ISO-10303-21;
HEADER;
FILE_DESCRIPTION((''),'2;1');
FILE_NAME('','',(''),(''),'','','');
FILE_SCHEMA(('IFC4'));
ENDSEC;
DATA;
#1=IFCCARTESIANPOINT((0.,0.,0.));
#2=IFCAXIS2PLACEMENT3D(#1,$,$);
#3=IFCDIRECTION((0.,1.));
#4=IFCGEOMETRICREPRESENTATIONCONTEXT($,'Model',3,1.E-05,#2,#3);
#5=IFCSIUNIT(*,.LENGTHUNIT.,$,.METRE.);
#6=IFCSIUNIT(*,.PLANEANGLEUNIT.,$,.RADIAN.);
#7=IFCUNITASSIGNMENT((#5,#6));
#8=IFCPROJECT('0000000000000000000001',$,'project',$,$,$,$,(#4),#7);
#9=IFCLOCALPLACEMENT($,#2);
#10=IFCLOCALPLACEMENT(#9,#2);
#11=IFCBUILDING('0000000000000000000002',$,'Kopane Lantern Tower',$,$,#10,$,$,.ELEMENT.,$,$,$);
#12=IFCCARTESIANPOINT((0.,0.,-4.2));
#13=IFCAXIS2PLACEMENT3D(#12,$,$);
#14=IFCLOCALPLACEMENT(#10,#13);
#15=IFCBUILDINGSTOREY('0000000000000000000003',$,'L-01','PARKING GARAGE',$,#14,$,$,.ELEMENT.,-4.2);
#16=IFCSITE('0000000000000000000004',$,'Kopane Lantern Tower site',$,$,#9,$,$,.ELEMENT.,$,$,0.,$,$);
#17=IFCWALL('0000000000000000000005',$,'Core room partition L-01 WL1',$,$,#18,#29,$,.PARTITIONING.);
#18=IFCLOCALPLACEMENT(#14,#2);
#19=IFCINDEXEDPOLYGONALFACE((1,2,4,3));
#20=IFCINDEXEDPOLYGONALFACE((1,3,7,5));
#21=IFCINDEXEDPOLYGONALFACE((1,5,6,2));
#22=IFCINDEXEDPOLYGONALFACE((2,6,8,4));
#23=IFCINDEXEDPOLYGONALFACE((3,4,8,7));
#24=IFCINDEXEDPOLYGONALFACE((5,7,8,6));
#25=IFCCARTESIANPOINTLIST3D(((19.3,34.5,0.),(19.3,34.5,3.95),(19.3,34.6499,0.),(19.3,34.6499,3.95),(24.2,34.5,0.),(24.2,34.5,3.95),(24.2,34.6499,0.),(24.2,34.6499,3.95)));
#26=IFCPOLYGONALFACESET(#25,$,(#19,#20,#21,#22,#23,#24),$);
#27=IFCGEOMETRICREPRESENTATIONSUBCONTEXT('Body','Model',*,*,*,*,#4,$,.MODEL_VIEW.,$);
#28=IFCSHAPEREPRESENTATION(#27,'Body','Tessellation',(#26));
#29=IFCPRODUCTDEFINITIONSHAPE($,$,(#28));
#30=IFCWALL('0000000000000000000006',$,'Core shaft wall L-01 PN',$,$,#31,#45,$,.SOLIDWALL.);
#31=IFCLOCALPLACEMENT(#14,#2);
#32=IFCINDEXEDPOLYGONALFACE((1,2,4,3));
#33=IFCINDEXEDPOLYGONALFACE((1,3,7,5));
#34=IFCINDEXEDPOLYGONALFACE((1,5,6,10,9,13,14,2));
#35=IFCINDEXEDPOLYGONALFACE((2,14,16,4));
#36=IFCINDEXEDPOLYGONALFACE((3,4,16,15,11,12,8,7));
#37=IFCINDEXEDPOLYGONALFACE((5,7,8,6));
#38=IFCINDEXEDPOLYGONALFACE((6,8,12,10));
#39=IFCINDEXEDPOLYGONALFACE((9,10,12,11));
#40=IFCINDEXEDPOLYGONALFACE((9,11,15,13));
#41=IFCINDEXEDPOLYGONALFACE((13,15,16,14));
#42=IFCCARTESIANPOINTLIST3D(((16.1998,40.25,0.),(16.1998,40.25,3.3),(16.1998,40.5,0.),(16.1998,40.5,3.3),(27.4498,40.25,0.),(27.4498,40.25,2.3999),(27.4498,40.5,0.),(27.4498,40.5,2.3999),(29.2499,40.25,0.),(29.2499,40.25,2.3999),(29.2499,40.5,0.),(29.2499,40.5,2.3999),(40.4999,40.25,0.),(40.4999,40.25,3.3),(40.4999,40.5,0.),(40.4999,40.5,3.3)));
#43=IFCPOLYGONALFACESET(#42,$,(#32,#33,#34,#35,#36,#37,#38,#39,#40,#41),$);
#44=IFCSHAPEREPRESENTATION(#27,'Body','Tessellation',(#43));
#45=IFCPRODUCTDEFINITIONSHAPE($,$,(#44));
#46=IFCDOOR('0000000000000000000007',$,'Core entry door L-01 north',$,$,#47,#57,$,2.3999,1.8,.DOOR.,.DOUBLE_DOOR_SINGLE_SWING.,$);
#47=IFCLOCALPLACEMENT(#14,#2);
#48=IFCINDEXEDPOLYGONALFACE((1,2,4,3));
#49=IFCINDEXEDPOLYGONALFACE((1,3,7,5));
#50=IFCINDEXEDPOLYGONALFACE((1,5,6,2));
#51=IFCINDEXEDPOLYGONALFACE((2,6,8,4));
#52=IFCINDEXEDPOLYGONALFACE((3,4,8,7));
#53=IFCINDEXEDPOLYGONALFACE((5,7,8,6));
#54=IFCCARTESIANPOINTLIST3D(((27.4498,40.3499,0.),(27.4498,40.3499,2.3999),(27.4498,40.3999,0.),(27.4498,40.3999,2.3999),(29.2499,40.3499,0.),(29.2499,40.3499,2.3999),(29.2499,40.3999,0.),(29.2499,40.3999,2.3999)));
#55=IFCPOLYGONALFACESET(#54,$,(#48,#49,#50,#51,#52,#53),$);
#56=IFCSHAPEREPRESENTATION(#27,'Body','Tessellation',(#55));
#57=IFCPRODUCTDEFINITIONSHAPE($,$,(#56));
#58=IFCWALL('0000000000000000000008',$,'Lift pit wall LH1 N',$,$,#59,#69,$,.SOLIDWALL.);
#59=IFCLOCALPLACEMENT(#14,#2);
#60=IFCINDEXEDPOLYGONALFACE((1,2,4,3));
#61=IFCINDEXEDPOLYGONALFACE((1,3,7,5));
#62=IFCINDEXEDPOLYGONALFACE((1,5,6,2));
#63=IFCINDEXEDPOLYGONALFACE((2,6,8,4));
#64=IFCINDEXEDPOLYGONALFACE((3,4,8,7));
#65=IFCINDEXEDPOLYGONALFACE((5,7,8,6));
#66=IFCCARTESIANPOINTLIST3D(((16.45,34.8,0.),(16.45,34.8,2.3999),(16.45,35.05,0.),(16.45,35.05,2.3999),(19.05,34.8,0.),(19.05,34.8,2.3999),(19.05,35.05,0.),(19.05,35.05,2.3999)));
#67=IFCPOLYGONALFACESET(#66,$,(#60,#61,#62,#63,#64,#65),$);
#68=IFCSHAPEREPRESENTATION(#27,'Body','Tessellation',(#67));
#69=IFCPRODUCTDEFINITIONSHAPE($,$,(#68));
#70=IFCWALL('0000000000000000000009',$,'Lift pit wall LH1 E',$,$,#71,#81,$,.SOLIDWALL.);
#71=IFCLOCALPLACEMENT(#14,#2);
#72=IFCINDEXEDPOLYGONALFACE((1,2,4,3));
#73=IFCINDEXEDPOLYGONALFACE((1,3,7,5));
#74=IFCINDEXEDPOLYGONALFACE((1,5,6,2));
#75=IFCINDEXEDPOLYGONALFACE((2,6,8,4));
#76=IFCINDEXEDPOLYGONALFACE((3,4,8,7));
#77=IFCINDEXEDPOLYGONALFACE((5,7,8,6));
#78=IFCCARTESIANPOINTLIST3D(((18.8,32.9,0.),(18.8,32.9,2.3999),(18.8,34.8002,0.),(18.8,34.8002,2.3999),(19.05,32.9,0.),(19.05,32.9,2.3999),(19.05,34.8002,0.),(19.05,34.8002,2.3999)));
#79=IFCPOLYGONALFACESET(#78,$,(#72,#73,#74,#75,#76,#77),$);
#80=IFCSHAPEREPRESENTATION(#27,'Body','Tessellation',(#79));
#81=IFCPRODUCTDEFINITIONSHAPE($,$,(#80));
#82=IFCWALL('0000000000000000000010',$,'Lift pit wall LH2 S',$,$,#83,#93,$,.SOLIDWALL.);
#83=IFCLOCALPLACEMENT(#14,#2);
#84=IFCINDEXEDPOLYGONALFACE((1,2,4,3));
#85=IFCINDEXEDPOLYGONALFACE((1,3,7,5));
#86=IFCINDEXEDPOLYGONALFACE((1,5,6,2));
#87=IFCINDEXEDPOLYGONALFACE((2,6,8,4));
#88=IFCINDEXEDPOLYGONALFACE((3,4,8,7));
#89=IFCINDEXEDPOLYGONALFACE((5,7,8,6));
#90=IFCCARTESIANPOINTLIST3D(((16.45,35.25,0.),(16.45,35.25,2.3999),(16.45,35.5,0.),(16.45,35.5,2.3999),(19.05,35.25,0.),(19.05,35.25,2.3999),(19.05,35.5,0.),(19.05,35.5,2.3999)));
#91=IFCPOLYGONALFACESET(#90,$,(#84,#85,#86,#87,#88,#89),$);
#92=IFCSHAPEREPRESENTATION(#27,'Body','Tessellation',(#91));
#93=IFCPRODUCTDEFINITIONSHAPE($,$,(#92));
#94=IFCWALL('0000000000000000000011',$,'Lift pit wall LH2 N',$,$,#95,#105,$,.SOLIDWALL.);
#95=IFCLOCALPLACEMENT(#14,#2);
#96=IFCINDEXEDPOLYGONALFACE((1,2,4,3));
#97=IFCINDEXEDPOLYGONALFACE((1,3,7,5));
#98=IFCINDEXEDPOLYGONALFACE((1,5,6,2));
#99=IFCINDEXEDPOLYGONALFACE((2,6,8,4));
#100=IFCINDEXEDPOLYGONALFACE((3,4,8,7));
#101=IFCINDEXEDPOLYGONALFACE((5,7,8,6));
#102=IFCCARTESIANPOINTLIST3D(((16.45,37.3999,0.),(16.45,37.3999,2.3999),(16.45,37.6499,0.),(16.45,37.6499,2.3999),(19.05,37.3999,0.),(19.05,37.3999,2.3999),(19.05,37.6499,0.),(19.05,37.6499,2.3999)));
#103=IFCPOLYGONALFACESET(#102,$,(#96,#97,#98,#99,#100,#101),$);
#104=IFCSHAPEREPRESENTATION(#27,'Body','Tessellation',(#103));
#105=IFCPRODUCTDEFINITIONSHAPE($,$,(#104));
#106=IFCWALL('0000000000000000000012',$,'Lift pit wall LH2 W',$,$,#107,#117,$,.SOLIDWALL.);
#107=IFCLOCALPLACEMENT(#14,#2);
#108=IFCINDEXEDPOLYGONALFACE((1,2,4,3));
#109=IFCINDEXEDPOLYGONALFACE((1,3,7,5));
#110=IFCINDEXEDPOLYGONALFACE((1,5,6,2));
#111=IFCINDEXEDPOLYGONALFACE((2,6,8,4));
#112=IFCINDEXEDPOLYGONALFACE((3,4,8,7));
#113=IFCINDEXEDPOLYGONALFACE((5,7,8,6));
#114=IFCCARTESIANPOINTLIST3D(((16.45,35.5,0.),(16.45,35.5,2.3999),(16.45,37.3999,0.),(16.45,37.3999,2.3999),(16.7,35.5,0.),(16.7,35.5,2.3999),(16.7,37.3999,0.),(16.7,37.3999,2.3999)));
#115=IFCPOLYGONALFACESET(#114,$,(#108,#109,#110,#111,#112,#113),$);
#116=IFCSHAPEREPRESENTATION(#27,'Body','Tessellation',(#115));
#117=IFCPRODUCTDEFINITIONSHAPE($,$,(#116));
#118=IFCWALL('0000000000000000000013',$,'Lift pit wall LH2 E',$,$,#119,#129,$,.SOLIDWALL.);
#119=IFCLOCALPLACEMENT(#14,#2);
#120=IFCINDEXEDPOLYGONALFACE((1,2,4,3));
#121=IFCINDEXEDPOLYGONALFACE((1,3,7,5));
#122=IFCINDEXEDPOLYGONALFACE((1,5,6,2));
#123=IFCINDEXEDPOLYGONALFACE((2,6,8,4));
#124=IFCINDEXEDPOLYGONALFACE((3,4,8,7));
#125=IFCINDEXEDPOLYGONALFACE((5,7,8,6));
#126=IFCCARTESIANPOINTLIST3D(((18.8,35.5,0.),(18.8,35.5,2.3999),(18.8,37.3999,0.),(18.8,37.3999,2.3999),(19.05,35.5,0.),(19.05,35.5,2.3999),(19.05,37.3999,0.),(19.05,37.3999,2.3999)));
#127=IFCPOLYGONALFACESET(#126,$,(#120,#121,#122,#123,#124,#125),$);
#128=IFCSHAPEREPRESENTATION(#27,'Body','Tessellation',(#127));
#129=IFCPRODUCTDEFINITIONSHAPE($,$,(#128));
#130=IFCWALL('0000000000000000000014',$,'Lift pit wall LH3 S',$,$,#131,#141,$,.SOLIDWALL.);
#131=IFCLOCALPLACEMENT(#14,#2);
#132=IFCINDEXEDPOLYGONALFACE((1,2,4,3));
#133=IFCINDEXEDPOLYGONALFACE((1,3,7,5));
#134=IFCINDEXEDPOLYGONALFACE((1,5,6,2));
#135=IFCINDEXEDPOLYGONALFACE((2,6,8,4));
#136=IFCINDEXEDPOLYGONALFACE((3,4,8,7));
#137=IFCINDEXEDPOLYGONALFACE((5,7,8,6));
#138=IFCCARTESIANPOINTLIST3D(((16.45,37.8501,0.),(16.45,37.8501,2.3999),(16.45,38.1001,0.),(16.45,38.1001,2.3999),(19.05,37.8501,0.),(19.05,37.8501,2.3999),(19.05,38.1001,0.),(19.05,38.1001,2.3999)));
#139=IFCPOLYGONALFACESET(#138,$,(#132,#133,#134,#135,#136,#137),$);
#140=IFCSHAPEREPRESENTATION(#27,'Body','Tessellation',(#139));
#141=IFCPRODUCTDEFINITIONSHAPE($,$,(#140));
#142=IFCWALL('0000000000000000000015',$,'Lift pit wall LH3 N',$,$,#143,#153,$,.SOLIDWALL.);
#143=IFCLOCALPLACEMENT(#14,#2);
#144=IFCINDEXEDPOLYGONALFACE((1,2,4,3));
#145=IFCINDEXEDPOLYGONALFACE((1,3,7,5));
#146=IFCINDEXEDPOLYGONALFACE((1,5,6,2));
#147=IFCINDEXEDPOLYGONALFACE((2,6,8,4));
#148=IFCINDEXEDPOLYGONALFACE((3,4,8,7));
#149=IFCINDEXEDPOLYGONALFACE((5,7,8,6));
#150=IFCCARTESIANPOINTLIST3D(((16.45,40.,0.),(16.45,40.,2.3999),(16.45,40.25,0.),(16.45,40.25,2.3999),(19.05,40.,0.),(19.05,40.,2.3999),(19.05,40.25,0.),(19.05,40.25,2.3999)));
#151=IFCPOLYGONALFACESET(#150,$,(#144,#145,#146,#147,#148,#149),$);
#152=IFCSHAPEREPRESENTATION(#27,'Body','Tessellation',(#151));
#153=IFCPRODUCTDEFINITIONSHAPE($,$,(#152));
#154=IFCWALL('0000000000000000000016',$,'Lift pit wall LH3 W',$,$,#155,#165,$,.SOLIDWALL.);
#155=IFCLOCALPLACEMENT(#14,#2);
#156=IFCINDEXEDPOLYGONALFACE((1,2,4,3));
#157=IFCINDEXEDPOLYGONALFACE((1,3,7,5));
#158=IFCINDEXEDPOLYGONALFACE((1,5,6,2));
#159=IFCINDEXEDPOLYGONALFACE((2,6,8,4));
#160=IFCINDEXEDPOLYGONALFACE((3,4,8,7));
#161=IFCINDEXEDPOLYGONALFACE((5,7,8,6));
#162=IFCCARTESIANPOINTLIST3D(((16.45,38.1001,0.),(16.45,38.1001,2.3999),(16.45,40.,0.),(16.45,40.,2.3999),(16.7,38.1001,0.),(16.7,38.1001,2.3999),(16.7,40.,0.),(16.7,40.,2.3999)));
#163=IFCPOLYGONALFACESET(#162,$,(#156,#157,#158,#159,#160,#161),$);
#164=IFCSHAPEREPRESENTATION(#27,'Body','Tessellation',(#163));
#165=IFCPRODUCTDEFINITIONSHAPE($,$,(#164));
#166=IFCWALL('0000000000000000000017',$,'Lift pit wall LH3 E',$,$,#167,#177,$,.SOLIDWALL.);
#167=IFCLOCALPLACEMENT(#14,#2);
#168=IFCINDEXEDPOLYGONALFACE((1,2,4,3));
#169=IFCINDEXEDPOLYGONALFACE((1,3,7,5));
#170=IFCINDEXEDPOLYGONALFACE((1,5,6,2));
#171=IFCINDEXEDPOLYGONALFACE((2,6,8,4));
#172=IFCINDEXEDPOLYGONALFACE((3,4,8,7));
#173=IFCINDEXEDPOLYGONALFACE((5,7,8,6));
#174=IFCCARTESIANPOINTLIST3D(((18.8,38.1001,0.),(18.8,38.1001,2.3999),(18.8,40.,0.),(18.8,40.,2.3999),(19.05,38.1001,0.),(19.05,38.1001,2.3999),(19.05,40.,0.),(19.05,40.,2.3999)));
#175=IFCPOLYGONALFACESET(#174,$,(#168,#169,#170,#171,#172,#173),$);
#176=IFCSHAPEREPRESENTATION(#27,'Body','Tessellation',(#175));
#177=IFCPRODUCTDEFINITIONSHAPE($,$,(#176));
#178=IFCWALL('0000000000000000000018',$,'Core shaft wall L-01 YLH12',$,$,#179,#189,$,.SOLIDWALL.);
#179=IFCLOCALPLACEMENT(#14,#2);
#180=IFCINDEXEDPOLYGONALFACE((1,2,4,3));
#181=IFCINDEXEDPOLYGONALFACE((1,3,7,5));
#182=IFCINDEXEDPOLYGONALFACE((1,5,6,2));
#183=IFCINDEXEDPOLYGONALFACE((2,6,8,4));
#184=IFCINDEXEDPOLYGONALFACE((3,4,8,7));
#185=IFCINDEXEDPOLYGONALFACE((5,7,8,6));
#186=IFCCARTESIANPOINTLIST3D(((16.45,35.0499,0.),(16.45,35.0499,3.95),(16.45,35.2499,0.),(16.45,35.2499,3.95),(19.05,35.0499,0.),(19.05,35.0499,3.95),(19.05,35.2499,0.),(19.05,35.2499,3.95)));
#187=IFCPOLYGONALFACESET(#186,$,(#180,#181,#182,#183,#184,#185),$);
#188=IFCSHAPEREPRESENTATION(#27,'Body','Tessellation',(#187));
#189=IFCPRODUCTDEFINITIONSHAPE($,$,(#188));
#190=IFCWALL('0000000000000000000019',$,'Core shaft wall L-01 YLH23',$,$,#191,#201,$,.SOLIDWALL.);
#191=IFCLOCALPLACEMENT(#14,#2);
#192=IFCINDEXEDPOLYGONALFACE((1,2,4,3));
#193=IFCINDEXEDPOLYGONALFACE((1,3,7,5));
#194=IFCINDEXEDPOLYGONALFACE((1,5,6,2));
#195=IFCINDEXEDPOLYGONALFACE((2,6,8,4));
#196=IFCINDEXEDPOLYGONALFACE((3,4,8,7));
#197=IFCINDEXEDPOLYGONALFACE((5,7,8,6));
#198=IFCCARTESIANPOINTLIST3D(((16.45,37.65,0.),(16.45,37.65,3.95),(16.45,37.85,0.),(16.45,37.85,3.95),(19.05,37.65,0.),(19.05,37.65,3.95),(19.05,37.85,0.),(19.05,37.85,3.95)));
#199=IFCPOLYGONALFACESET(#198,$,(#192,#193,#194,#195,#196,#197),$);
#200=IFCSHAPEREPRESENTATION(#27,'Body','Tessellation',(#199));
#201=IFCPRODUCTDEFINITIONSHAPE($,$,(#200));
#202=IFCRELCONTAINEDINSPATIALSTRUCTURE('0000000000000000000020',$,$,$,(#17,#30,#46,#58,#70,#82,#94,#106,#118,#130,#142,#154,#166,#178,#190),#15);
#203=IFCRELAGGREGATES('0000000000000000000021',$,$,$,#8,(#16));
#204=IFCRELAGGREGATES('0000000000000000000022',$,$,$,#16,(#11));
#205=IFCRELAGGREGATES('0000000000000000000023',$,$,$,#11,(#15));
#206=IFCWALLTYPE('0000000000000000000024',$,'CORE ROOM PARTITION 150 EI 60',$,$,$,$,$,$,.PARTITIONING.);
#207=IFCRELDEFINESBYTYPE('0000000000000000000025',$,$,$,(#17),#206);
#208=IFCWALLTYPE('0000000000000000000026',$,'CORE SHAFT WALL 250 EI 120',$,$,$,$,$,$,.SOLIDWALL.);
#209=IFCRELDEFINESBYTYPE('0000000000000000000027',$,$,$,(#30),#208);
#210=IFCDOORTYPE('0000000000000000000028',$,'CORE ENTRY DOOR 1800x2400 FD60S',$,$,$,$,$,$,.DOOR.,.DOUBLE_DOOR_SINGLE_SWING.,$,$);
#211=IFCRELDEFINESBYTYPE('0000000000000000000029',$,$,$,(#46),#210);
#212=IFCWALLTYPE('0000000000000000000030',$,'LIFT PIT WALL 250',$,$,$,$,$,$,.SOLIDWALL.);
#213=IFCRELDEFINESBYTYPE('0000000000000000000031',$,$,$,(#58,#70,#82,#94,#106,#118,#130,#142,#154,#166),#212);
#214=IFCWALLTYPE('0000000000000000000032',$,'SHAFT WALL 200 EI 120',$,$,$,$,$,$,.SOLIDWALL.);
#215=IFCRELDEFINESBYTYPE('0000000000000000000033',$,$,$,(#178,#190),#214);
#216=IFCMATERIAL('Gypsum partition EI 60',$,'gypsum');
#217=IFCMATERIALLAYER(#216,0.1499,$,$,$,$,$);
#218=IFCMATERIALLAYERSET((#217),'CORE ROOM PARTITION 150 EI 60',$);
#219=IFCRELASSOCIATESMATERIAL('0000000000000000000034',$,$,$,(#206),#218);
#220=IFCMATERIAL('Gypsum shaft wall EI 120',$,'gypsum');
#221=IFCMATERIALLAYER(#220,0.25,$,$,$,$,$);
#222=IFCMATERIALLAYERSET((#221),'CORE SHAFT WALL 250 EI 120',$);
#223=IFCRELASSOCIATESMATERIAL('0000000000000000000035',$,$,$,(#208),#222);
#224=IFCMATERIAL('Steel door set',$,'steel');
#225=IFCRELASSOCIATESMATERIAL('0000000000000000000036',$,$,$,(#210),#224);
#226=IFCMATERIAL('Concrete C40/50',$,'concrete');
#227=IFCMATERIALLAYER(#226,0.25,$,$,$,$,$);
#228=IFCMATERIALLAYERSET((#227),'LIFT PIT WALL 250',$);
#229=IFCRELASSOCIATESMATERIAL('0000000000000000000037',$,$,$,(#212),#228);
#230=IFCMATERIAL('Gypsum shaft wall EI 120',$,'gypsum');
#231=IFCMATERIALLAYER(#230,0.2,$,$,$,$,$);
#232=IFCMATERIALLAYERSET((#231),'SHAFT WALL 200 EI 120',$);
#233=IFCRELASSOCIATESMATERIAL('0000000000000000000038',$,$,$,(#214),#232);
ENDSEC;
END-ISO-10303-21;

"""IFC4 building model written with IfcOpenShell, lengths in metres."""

from ifc_helpers import new_model, si_unit, direction, frame, frame_2d, origin, place, context, subcontext, project, spatial, rectangle, extrude, material, layer, layer_set, type_object, element, fill, save


model = new_model("IFC4")

# Units and contexts
model_context = context("Model", 3, precision=1e-05, world=origin(), true_north=direction((0.0, 1.0)))
body_context = subcontext(model_context, "Body", "Model", "MODEL_VIEW")
ifc_project = project(units=[si_unit("LENGTHUNIT", "METRE"), si_unit("PLANEANGLEUNIT", "RADIAN")], contexts=[model_context])

# Site, building, storey
site_placement = place(None, origin())
site = spatial("IfcSite", under=ifc_project, at=site_placement, Name="Kopane Lantern Tower site", CompositionType="ELEMENT", RefElevation=0.0)
building_placement = place(site_placement, origin())
building = spatial("IfcBuilding", under=site, at=building_placement, Name="Kopane Lantern Tower", CompositionType="ELEMENT")
storey_placement = place(building_placement, frame((0.0, 0.0, -4.2)))
storey = spatial("IfcBuildingStorey", under=building, at=storey_placement, Name="L-01", Description="PARKING GARAGE", CompositionType="ELEMENT", Elevation=-4.2)

# Wall
ifc_material_1 = material(Name="Gypsum partition EI 60", Category="gypsum")
ifc_layer_1 = layer(ifc_material_1, 0.1499)
ifc_layer_set_1 = layer_set([ifc_layer_1], Name="CORE ROOM PARTITION 150 EI 60")
wall_type_1 = type_object("IfcWallType", Name="CORE ROOM PARTITION 150 EI 60", PredefinedType="PARTITIONING", material=ifc_layer_set_1)
wall_1_placement = place(storey_placement, frame((19.3, 34.575, 0.0), z_axis=(0.0, 0.0, 1.0), x_axis=(1.0, 0.0, 0.0)))
element("IfcWall", 1, at=wall_1_placement, inside=storey, type_object=wall_type_1, Name="Core room partition L-01 WL1", PredefinedType="PARTITIONING", context=body_context, shape_type="SweptSolid", body=[
    extrude(rectangle(XDim=4.8999, YDim=0.1499, at=frame_2d((2.45, 0.0))), origin(), (0.0, 0.0, 1.0), 3.95),
])

# Wall, opening, door
ifc_material_2 = material(Name="Gypsum shaft wall EI 120", Category="gypsum")
ifc_layer_2 = layer(ifc_material_2, 0.25)
ifc_layer_set_2 = layer_set([ifc_layer_2], Name="CORE SHAFT WALL 250 EI 120")
wall_type_2 = type_object("IfcWallType", Name="CORE SHAFT WALL 250 EI 120", PredefinedType="SOLIDWALL", material=ifc_layer_set_2)
wall_2_placement = place(storey_placement, frame((16.2, 40.375, 0.0), z_axis=(0.0, 0.0, 1.0), x_axis=(1.0, 0.0, 0.0)))
wall_2 = element("IfcWall", 2, at=wall_2_placement, inside=storey, type_object=wall_type_2, Name="Core shaft wall L-01 PN", PredefinedType="SOLIDWALL", context=body_context, shape_type="SweptSolid", body=[
    extrude(rectangle(XDim=24.3, YDim=0.25, at=frame_2d((12.1499, 0.0))), origin(), (0.0, 0.0, 1.0), 3.3),
])
opening_placement = place(wall_2_placement, frame((11.25, 0.0, 0.0)))
opening = element("IfcOpeningElement", 3, at=opening_placement, cuts=wall_2, PredefinedType="OPENING", context=body_context, shape_type="SweptSolid", body=[
    extrude(rectangle(XDim=1.8, YDim=2.3999, at=frame_2d((0.8999, 1.2))), frame((0.0, 0.135, 0.0), z_axis=(0.0, -1.0, 0.0), x_axis=(1.0, 0.0, 0.0)), (0.0, 0.0, 1.0), 0.27),
])
ifc_material_3 = material(Name="Steel door set", Category="steel")
door_type = type_object("IfcDoorType", Name="CORE ENTRY DOOR 1800x2400 FD60S", OperationType="DOUBLE_DOOR_SINGLE_SWING", PredefinedType="DOOR", material=ifc_material_3)
door_placement = place(opening_placement, origin())
door = element("IfcDoor", 4, at=door_placement, inside=storey, type_object=door_type, Name="Core entry door L-01 north", OperationType="DOUBLE_DOOR_SINGLE_SWING", OverallHeight=2.3999, OverallWidth=1.8, PredefinedType="DOOR", context=body_context, shape_type="SweptSolid", body=[
    extrude(rectangle(XDim=1.8, YDim=2.3999, at=frame_2d((0.8999, 1.2))), frame((0.0, 0.0249, 0.0), z_axis=(0.0, -1.0, 0.0), x_axis=(1.0, 0.0, 0.0)), (0.0, 0.0, 1.0), 0.05),
])
fill(opening, door)

# Walls
ifc_material_4 = material(Name="Concrete C40/50", Category="concrete")
ifc_layer_3 = layer(ifc_material_4, 0.25)
ifc_layer_set_3 = layer_set([ifc_layer_3], Name="LIFT PIT WALL 250")
wall_type_3 = type_object("IfcWallType", Name="LIFT PIT WALL 250", PredefinedType="SOLIDWALL", material=ifc_layer_set_3)
wall_3_placement = place(storey_placement, frame((16.45, 34.925, 0.0), z_axis=(0.0, 0.0, 1.0), x_axis=(1.0, 0.0, 0.0)))
element("IfcWall", 5, at=wall_3_placement, inside=storey, type_object=wall_type_3, Name="Lift pit wall LH1 N", PredefinedType="SOLIDWALL", context=body_context, shape_type="SweptSolid", body=[
    extrude(rectangle(XDim=2.6001, YDim=0.25, at=frame_2d((1.3, 0.0))), origin(), (0.0, 0.0, 1.0), 2.3999),
])
wall_4_placement = place(storey_placement, frame((18.925, 32.8999, 0.0), z_axis=(0.0, 0.0, 1.0), x_axis=(0.0, 1.0, 0.0)))
element("IfcWall", 6, at=wall_4_placement, inside=storey, type_object=wall_type_3, Name="Lift pit wall LH1 E", PredefinedType="SOLIDWALL", context=body_context, shape_type="SweptSolid", body=[
    extrude(rectangle(XDim=1.9001, YDim=0.25, at=frame_2d((0.9502, 0.0))), origin(), (0.0, 0.0, 1.0), 2.3999),
])
for number, where, z_axis, x_axis, name in (
    (7, (16.45, 35.375, 0.0), (0.0, 0.0, 1.0), (1.0, 0.0, 0.0), "Lift pit wall LH2 S"),
    (8, (16.45, 37.5249, 0.0), (0.0, 0.0, 1.0), (1.0, 0.0, 0.0), "Lift pit wall LH2 N"),
):
    element("IfcWall", number, at=place(storey_placement, frame(where, z_axis=z_axis, x_axis=x_axis)), inside=storey, type_object=wall_type_3, Name=name, PredefinedType="SOLIDWALL", context=body_context, shape_type="SweptSolid", body=[
        extrude(rectangle(XDim=2.6001, YDim=0.25, at=frame_2d((1.3, 0.0))), origin(), (0.0, 0.0, 1.0), 2.3999),
    ])
for number, where, z_axis, x_axis, name in (
    (9, (16.575, 35.5, 0.0), (0.0, 0.0, 1.0), (0.0, 1.0, 0.0), "Lift pit wall LH2 W"),
    (10, (18.925, 35.5, 0.0), (0.0, 0.0, 1.0), (0.0, 1.0, 0.0), "Lift pit wall LH2 E"),
):
    element("IfcWall", number, at=place(storey_placement, frame(where, z_axis=z_axis, x_axis=x_axis)), inside=storey, type_object=wall_type_3, Name=name, PredefinedType="SOLIDWALL", context=body_context, shape_type="SweptSolid", body=[
        extrude(rectangle(XDim=1.8999, YDim=0.25, at=frame_2d((0.95, 0.0))), origin(), (0.0, 0.0, 1.0), 2.3999),
    ])
for number, where, z_axis, x_axis, name in (
    (11, (16.45, 37.9751, 0.0), (0.0, 0.0, 1.0), (1.0, 0.0, 0.0), "Lift pit wall LH3 S"),
    (12, (16.45, 40.125, 0.0), (0.0, 0.0, 1.0), (1.0, 0.0, 0.0), "Lift pit wall LH3 N"),
):
    element("IfcWall", number, at=place(storey_placement, frame(where, z_axis=z_axis, x_axis=x_axis)), inside=storey, type_object=wall_type_3, Name=name, PredefinedType="SOLIDWALL", context=body_context, shape_type="SweptSolid", body=[
        extrude(rectangle(XDim=2.6001, YDim=0.25, at=frame_2d((1.3, 0.0))), origin(), (0.0, 0.0, 1.0), 2.3999),
    ])
for number, where, z_axis, x_axis, name in (
    (13, (16.575, 38.1001, 0.0), (0.0, 0.0, 1.0), (0.0, 1.0, 0.0), "Lift pit wall LH3 W"),
    (14, (18.925, 38.1001, 0.0), (0.0, 0.0, 1.0), (0.0, 1.0, 0.0), "Lift pit wall LH3 E"),
):
    element("IfcWall", number, at=place(storey_placement, frame(where, z_axis=z_axis, x_axis=x_axis)), inside=storey, type_object=wall_type_3, Name=name, PredefinedType="SOLIDWALL", context=body_context, shape_type="SweptSolid", body=[
        extrude(rectangle(XDim=1.8999, YDim=0.25, at=frame_2d((0.95, 0.0))), origin(), (0.0, 0.0, 1.0), 2.3999),
    ])
ifc_material_5 = material(Name="Gypsum shaft wall EI 120", Category="gypsum")
ifc_layer_4 = layer(ifc_material_5, 0.2)
ifc_layer_set_4 = layer_set([ifc_layer_4], Name="SHAFT WALL 200 EI 120")
wall_type_4 = type_object("IfcWallType", Name="SHAFT WALL 200 EI 120", PredefinedType="SOLIDWALL", material=ifc_layer_set_4)
for number, where, z_axis, x_axis, name in (
    (15, (16.45, 35.1499, 0.0), (0.0, 0.0, 1.0), (1.0, 0.0, 0.0), "Core shaft wall L-01 YLH12"),
    (16, (16.45, 37.75, 0.0), (0.0, 0.0, 1.0), (1.0, 0.0, 0.0), "Core shaft wall L-01 YLH23"),
):
    element("IfcWall", number, at=place(storey_placement, frame(where, z_axis=z_axis, x_axis=x_axis)), inside=storey, type_object=wall_type_4, Name=name, PredefinedType="SOLIDWALL", context=body_context, shape_type="SweptSolid", body=[
        extrude(rectangle(XDim=2.6001, YDim=0.2, at=frame_2d((1.3, 0.0))), origin(), (0.0, 0.0, 1.0), 3.95),
    ])

save(model, "model.ifc")
